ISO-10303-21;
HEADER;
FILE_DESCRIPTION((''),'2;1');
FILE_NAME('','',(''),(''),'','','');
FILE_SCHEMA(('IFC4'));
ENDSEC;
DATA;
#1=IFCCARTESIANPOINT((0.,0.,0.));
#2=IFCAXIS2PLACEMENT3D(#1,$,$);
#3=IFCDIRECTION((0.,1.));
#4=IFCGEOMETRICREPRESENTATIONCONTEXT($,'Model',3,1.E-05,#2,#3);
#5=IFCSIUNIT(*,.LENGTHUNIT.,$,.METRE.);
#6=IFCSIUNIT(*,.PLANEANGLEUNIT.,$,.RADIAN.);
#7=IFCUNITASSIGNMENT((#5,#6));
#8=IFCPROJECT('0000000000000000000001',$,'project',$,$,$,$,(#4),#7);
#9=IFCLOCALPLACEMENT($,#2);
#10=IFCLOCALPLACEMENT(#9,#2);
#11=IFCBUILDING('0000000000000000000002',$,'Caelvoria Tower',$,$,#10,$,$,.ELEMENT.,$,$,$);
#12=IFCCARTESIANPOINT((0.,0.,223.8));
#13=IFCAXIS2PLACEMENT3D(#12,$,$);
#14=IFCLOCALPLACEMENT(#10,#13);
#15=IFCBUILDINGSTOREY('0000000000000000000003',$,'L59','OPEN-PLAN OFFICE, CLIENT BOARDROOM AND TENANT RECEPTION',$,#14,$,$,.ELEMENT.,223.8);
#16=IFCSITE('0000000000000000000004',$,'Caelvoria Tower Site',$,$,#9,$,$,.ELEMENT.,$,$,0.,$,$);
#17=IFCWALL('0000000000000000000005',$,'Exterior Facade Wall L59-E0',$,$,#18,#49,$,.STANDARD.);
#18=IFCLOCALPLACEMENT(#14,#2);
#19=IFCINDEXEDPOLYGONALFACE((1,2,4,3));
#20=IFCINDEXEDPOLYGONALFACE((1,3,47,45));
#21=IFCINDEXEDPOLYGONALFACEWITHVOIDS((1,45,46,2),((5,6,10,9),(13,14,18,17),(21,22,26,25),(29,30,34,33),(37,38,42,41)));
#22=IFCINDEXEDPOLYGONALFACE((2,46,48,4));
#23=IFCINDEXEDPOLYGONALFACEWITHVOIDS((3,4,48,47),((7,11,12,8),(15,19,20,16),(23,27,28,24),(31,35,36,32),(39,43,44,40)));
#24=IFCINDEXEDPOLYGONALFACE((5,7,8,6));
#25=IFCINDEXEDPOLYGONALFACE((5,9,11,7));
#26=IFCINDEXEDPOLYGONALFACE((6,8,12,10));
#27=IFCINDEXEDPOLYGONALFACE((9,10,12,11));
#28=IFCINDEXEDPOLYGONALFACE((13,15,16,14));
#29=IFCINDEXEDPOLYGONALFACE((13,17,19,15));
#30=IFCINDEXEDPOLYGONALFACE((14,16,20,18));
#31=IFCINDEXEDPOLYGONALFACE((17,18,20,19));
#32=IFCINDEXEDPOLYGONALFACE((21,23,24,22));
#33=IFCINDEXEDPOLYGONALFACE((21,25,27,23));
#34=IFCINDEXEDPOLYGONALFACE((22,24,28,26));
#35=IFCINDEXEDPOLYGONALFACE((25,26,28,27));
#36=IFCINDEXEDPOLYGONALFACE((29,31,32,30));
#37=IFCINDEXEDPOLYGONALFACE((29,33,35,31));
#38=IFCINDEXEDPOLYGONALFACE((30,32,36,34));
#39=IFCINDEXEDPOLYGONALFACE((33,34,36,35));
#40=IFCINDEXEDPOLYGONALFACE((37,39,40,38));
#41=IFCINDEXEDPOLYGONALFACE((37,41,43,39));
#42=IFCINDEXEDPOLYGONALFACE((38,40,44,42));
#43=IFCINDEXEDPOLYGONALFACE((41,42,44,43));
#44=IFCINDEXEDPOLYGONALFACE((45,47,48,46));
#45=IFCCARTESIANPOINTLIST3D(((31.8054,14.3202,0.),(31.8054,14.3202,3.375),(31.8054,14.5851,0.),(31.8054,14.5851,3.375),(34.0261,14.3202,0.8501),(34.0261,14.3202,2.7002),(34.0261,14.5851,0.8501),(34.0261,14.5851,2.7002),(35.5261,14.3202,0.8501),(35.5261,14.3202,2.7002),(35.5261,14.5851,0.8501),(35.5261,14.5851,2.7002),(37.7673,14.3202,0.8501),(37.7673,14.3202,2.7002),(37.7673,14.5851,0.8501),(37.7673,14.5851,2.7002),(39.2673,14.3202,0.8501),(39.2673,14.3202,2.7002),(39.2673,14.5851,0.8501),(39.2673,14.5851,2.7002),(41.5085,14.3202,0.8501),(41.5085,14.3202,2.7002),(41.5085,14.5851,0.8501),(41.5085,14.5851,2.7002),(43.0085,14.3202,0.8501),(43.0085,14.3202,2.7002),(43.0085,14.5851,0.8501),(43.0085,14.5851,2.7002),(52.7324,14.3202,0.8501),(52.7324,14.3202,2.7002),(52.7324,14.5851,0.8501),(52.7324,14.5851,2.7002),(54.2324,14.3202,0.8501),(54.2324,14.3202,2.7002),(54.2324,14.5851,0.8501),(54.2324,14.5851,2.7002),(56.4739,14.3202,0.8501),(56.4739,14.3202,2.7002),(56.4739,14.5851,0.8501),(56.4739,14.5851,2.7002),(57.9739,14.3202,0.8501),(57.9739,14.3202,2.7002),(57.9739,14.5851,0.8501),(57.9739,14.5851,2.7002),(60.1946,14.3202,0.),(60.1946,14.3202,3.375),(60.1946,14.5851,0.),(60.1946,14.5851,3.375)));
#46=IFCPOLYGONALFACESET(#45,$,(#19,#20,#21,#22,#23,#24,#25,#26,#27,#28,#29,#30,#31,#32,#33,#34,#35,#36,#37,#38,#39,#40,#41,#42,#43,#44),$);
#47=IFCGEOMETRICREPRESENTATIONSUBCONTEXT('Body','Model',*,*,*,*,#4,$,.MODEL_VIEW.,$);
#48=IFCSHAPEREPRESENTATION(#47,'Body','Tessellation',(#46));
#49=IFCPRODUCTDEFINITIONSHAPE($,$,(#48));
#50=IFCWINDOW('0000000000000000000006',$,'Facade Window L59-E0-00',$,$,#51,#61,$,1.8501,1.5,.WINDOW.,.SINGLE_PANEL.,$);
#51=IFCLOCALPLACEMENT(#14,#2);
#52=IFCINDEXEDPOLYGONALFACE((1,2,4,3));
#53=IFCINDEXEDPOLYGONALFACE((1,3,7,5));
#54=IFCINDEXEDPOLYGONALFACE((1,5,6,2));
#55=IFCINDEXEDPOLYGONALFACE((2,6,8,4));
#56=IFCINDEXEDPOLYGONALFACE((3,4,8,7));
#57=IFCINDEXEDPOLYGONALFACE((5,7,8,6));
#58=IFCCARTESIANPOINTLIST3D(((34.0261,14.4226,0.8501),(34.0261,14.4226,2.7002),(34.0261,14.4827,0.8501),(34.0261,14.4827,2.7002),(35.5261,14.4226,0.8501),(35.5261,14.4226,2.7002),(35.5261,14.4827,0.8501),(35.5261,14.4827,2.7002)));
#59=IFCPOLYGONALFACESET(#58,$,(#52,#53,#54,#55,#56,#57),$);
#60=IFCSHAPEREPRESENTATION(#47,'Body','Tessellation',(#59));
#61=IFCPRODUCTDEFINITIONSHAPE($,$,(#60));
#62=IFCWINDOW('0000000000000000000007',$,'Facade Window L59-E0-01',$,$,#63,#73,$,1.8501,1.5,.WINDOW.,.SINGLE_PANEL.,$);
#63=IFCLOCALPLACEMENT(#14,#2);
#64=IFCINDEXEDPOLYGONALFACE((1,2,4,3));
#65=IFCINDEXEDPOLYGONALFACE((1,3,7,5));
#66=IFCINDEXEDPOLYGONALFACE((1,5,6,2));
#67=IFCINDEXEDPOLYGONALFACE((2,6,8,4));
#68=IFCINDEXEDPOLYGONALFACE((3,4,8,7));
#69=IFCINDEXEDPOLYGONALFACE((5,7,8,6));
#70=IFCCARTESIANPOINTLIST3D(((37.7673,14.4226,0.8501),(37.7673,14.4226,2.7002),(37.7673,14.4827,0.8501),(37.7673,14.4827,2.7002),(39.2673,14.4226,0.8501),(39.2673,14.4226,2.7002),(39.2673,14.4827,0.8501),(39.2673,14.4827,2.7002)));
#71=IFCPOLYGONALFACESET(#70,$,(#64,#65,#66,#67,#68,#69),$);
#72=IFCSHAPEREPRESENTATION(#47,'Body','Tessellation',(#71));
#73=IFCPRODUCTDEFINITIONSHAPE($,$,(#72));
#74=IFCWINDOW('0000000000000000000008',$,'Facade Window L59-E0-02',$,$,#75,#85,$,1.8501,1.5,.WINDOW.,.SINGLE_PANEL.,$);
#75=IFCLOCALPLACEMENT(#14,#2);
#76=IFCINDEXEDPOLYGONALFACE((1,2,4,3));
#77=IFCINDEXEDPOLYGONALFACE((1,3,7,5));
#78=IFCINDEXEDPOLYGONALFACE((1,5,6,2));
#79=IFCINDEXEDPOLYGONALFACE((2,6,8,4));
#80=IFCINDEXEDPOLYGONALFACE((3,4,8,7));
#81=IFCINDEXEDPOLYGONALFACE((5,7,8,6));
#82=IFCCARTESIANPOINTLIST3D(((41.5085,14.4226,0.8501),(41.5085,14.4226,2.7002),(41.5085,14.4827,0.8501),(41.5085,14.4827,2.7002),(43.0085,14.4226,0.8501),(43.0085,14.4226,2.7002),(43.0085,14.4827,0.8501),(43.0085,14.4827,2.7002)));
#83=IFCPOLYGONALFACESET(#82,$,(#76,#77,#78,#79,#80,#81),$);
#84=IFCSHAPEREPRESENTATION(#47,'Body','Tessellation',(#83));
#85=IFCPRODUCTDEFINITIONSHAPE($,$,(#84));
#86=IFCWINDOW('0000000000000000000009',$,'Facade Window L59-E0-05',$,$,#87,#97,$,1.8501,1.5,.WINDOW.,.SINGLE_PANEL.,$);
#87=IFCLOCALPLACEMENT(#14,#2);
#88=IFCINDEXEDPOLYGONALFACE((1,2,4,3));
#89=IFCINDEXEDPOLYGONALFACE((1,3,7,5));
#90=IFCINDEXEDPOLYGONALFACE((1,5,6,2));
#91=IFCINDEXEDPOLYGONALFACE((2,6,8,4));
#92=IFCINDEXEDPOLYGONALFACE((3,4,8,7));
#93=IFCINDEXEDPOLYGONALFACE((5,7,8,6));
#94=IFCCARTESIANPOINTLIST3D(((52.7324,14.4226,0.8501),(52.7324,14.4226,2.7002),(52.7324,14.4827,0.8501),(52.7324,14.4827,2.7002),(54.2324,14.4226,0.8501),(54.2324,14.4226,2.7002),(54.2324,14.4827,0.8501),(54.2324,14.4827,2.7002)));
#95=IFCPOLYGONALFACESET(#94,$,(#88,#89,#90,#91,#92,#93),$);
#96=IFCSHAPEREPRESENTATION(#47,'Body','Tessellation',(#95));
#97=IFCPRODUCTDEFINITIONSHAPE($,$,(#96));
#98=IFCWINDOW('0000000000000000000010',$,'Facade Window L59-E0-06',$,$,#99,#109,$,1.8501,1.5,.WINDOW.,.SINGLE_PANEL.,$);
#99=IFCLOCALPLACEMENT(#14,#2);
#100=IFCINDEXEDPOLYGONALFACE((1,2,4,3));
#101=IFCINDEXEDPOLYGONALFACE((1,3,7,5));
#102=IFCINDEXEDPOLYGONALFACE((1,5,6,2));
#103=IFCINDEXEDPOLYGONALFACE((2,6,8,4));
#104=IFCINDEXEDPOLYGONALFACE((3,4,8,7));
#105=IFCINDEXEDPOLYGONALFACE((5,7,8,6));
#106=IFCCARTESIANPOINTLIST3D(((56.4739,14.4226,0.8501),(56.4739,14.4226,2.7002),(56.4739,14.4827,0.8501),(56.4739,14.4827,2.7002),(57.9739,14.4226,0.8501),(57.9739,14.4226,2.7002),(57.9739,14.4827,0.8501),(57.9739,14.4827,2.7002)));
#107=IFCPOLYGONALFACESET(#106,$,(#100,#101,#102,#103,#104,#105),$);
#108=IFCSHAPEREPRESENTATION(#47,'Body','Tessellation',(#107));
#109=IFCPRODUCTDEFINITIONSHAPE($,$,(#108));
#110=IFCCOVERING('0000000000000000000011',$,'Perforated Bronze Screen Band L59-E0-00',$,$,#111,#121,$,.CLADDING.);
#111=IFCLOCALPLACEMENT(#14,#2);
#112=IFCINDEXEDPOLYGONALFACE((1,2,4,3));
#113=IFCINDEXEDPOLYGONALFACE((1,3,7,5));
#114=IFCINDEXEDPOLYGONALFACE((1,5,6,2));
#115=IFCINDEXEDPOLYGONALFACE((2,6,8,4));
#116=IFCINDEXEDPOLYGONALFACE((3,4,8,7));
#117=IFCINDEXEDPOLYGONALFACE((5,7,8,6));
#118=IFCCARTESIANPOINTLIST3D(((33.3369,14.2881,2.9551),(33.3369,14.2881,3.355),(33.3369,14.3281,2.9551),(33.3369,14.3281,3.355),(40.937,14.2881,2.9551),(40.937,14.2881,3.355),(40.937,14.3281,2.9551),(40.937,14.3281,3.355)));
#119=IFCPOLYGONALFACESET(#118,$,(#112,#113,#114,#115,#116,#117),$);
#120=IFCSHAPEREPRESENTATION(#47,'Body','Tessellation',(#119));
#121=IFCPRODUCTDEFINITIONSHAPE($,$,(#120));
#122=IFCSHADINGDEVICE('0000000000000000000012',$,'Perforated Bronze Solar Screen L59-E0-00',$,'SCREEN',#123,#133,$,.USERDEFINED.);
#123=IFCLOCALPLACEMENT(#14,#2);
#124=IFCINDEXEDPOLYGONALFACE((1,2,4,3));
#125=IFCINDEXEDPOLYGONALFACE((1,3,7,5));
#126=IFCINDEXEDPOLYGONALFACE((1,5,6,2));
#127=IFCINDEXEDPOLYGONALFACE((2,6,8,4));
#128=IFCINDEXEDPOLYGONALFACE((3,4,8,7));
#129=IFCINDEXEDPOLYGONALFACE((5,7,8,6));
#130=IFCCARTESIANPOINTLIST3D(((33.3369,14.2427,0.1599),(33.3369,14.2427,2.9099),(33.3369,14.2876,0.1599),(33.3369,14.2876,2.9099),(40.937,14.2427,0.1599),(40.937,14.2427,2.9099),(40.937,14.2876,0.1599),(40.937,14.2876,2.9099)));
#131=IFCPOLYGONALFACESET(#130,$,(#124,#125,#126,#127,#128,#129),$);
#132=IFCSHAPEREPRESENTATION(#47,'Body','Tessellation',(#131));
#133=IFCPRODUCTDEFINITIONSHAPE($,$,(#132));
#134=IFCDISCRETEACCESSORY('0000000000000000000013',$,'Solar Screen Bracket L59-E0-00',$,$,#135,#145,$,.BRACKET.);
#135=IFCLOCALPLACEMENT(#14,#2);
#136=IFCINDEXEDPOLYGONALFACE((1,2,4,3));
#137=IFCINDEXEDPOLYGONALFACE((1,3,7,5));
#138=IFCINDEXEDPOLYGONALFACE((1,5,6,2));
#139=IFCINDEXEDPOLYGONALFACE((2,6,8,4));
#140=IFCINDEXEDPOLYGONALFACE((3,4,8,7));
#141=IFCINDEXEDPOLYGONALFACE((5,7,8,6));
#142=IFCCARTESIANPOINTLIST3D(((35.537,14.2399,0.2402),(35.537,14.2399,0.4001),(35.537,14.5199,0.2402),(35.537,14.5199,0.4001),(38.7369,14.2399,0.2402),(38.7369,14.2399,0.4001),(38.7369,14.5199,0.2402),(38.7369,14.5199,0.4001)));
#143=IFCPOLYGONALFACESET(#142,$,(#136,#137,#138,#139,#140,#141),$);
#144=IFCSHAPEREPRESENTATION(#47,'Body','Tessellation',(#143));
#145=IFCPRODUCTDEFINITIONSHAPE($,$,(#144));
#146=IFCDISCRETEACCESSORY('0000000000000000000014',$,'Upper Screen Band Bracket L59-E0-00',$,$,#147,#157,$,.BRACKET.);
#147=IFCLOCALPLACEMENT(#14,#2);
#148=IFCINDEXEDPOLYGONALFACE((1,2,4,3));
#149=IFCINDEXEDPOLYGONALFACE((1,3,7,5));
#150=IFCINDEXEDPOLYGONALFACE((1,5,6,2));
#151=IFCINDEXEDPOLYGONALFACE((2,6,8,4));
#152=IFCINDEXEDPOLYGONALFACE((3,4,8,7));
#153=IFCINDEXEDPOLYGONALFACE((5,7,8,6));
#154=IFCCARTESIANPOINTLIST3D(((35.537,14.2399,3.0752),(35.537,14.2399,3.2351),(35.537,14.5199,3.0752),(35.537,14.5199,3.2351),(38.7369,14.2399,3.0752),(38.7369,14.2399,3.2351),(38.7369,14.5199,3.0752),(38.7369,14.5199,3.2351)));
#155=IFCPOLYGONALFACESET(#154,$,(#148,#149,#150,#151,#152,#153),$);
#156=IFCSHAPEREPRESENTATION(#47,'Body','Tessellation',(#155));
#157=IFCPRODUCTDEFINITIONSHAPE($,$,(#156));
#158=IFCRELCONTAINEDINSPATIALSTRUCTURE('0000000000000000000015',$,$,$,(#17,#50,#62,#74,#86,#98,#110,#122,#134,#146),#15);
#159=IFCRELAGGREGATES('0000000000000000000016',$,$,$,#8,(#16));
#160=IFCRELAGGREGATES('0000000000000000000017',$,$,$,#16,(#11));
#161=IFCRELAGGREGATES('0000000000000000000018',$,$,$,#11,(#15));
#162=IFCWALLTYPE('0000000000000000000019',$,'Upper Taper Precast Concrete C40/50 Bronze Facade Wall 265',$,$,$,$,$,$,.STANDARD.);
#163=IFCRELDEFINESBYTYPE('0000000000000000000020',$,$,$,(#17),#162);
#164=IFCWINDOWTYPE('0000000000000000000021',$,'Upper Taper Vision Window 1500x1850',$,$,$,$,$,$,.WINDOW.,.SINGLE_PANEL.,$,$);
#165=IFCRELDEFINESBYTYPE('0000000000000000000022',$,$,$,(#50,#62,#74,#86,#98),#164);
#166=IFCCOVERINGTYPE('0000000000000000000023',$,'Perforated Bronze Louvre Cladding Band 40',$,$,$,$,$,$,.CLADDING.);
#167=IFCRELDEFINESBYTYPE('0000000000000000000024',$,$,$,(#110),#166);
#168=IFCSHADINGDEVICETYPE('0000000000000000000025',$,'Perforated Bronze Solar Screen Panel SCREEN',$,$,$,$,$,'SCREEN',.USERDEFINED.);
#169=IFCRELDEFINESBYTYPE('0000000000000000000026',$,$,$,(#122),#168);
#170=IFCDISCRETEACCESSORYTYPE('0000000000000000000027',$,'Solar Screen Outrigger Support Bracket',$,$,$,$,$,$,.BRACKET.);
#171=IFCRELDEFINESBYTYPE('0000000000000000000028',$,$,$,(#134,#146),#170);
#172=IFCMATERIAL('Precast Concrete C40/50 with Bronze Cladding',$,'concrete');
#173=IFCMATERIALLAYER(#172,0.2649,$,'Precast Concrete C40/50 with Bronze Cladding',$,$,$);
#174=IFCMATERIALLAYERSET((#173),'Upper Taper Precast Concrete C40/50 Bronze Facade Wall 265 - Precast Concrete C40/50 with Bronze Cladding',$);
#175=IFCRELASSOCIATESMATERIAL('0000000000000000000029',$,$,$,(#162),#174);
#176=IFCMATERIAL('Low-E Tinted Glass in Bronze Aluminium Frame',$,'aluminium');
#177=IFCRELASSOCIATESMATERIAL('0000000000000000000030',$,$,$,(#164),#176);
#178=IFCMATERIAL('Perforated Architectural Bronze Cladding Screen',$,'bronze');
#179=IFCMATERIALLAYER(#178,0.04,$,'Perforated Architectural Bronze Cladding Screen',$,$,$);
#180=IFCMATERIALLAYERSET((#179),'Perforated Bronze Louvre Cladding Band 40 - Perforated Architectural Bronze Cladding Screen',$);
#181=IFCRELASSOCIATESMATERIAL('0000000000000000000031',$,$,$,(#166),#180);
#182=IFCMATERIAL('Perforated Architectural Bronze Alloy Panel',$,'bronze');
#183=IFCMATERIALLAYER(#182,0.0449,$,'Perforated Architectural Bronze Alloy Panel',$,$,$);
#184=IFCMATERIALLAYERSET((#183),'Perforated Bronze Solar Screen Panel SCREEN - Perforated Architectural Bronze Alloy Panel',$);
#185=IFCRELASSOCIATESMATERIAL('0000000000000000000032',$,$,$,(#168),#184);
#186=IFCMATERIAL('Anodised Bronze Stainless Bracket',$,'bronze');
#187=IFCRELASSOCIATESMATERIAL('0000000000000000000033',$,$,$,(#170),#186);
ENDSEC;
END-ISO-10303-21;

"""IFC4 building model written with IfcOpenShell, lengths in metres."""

from ifc_helpers import new_model, si_unit, direction, frame, frame_2d, origin, origin_2d, place, context, subcontext, project, spatial, rectangle, extrude, material, layer, layer_set, type_object, element, fill, save


model = new_model("IFC4")

# Units and contexts
model_context = context("Model", 3, precision=1e-05, world=origin(), true_north=direction((0.0, 1.0)))
body_context = subcontext(model_context, "Body", "Model", "MODEL_VIEW")
ifc_project = project(units=[si_unit("LENGTHUNIT", "METRE"), si_unit("PLANEANGLEUNIT", "RADIAN")], contexts=[model_context])

# Site, building, storey
site_placement = place(None, origin())
site = spatial("IfcSite", under=ifc_project, at=site_placement, Name="Caelvoria Tower Site", CompositionType="ELEMENT", RefElevation=0.0)
building_placement = place(site_placement, origin())
building = spatial("IfcBuilding", under=site, at=building_placement, Name="Caelvoria Tower", CompositionType="ELEMENT")
storey_placement = place(building_placement, frame((0.0, 0.0, 223.8)))
storey = spatial("IfcBuildingStorey", under=building, at=storey_placement, Name="L59", Description="OPEN-PLAN OFFICE, CLIENT BOARDROOM AND TENANT RECEPTION", CompositionType="ELEMENT", Elevation=223.8)

# Wall, openings, windows
ifc_material_1 = material(Name="Precast Concrete C40/50 with Bronze Cladding", Category="concrete")
ifc_layer_1 = layer(ifc_material_1, 0.2649, Name="Precast Concrete C40/50 with Bronze Cladding")
ifc_layer_set_1 = layer_set([ifc_layer_1], Name="Upper Taper Precast Concrete C40/50 Bronze Facade Wall 265 - Precast Concrete C40/50 with Bronze Cladding")
wall_type = type_object("IfcWallType", Name="Upper Taper Precast Concrete C40/50 Bronze Facade Wall 265", PredefinedType="STANDARD", material=ifc_layer_set_1)
wall_placement = place(storey_placement, frame((31.8054, 14.4526, 0.0), z_axis=(0.0, 0.0, 1.0), x_axis=(1.0, 0.0, 0.0)))
wall = element("IfcWall", 1, at=wall_placement, inside=storey, type_object=wall_type, Name="Exterior Facade Wall L59-E0", PredefinedType="STANDARD", context=body_context, shape_type="SweptSolid", body=[
    extrude(rectangle(XDim=28.3892, YDim=0.2649, at=frame_2d((14.1946, 0.0))), origin(), (0.0, 0.0, 1.0), 3.375),
])
opening_1_placement = place(wall_placement, frame((2.2207, 0.0, 0.8501)))
opening_1 = element("IfcOpeningElement", 2, at=opening_1_placement, cuts=wall, PredefinedType="OPENING", context=body_context, shape_type="SweptSolid", body=[
    extrude(rectangle(XDim=1.5, YDim=1.8501, at=frame_2d((0.75, 0.925))), frame((0.0, 0.1423, 0.0), z_axis=(0.0, -1.0, 0.0), x_axis=(1.0, 0.0, 0.0)), (0.0, 0.0, 1.0), 0.2849),
])
opening_2_placement = place(wall_placement, frame((5.9619, 0.0, 0.8501)))
opening_2 = element("IfcOpeningElement", 3, at=opening_2_placement, cuts=wall, PredefinedType="OPENING", context=body_context, shape_type="SweptSolid", body=[
    extrude(rectangle(XDim=1.5, YDim=1.8501, at=frame_2d((0.75, 0.925))), frame((0.0, 0.1423, 0.0), z_axis=(0.0, -1.0, 0.0), x_axis=(1.0, 0.0, 0.0)), (0.0, 0.0, 1.0), 0.2849),
])
opening_3_placement = place(wall_placement, frame((9.7031, 0.0, 0.8501)))
opening_3 = element("IfcOpeningElement", 4, at=opening_3_placement, cuts=wall, PredefinedType="OPENING", context=body_context, shape_type="SweptSolid", body=[
    extrude(rectangle(XDim=1.5, YDim=1.8501, at=frame_2d((0.75, 0.925))), frame((0.0, 0.1423, 0.0), z_axis=(0.0, -1.0, 0.0), x_axis=(1.0, 0.0, 0.0)), (0.0, 0.0, 1.0), 0.2849),
])
opening_4_placement = place(wall_placement, frame((20.927, 0.0, 0.8501)))
opening_4 = element("IfcOpeningElement", 5, at=opening_4_placement, cuts=wall, PredefinedType="OPENING", context=body_context, shape_type="SweptSolid", body=[
    extrude(rectangle(XDim=1.5, YDim=1.8501, at=frame_2d((0.75, 0.925))), frame((0.0, 0.1423, 0.0), z_axis=(0.0, -1.0, 0.0), x_axis=(1.0, 0.0, 0.0)), (0.0, 0.0, 1.0), 0.2849),
])
opening_5_placement = place(wall_placement, frame((24.6685, 0.0, 0.8501)))
opening_5 = element("IfcOpeningElement", 6, at=opening_5_placement, cuts=wall, PredefinedType="OPENING", context=body_context, shape_type="SweptSolid", body=[
    extrude(rectangle(XDim=1.5, YDim=1.8501, at=frame_2d((0.75, 0.925))), frame((0.0, 0.1423, 0.0), z_axis=(0.0, -1.0, 0.0), x_axis=(1.0, 0.0, 0.0)), (0.0, 0.0, 1.0), 0.2849),
])
ifc_material_2 = material(Name="Low-E Tinted Glass in Bronze Aluminium Frame", Category="aluminium")
window_type = type_object("IfcWindowType", Name="Upper Taper Vision Window 1500x1850", PartitioningType="SINGLE_PANEL", PredefinedType="WINDOW", material=ifc_material_2)
window_1_placement = place(opening_1_placement, origin())
window_1 = element("IfcWindow", 7, at=window_1_placement, inside=storey, type_object=window_type, Name="Facade Window L59-E0-00", OverallHeight=1.8501, OverallWidth=1.5, PartitioningType="SINGLE_PANEL", PredefinedType="WINDOW", context=body_context, shape_type="SweptSolid", body=[
    extrude(rectangle(XDim=1.5, YDim=1.8501, at=frame_2d((0.75, 0.925))), frame((0.0, 0.03, 0.0), z_axis=(0.0, -1.0, 0.0), x_axis=(1.0, 0.0, 0.0)), (0.0, 0.0, 1.0), 0.0601),
])
fill(opening_1, window_1)
window_2_placement = place(opening_2_placement, origin())
window_2 = element("IfcWindow", 8, at=window_2_placement, inside=storey, type_object=window_type, Name="Facade Window L59-E0-01", OverallHeight=1.8501, OverallWidth=1.5, PartitioningType="SINGLE_PANEL", PredefinedType="WINDOW", context=body_context, shape_type="SweptSolid", body=[
    extrude(rectangle(XDim=1.5, YDim=1.8501, at=frame_2d((0.75, 0.925))), frame((0.0, 0.03, 0.0), z_axis=(0.0, -1.0, 0.0), x_axis=(1.0, 0.0, 0.0)), (0.0, 0.0, 1.0), 0.0601),
])
fill(opening_2, window_2)
window_3_placement = place(opening_3_placement, origin())
window_3 = element("IfcWindow", 9, at=window_3_placement, inside=storey, type_object=window_type, Name="Facade Window L59-E0-02", OverallHeight=1.8501, OverallWidth=1.5, PartitioningType="SINGLE_PANEL", PredefinedType="WINDOW", context=body_context, shape_type="SweptSolid", body=[
    extrude(rectangle(XDim=1.5, YDim=1.8501, at=frame_2d((0.75, 0.925))), frame((0.0, 0.03, 0.0), z_axis=(0.0, -1.0, 0.0), x_axis=(1.0, 0.0, 0.0)), (0.0, 0.0, 1.0), 0.0601),
])
fill(opening_3, window_3)
window_4_placement = place(opening_4_placement, origin())
window_4 = element("IfcWindow", 10, at=window_4_placement, inside=storey, type_object=window_type, Name="Facade Window L59-E0-05", OverallHeight=1.8501, OverallWidth=1.5, PartitioningType="SINGLE_PANEL", PredefinedType="WINDOW", context=body_context, shape_type="SweptSolid", body=[
    extrude(rectangle(XDim=1.5, YDim=1.8501, at=frame_2d((0.75, 0.925))), frame((0.0, 0.03, 0.0), z_axis=(0.0, -1.0, 0.0), x_axis=(1.0, 0.0, 0.0)), (0.0, 0.0, 1.0), 0.0601),
])
fill(opening_4, window_4)
window_5_placement = place(opening_5_placement, origin())
window_5 = element("IfcWindow", 11, at=window_5_placement, inside=storey, type_object=window_type, Name="Facade Window L59-E0-06", OverallHeight=1.8501, OverallWidth=1.5, PartitioningType="SINGLE_PANEL", PredefinedType="WINDOW", context=body_context, shape_type="SweptSolid", body=[
    extrude(rectangle(XDim=1.5, YDim=1.8501, at=frame_2d((0.75, 0.925))), frame((0.0, 0.03, 0.0), z_axis=(0.0, -1.0, 0.0), x_axis=(1.0, 0.0, 0.0)), (0.0, 0.0, 1.0), 0.0601),
])
fill(opening_5, window_5)

# Covering
ifc_material_3 = material(Name="Perforated Architectural Bronze Cladding Screen", Category="bronze")
ifc_layer_2 = layer(ifc_material_3, 0.04, Name="Perforated Architectural Bronze Cladding Screen")
ifc_layer_set_2 = layer_set([ifc_layer_2], Name="Perforated Bronze Louvre Cladding Band 40 - Perforated Architectural Bronze Cladding Screen")
covering_type = type_object("IfcCoveringType", Name="Perforated Bronze Louvre Cladding Band 40", PredefinedType="CLADDING", material=ifc_layer_set_2)
covering_placement = place(storey_placement, frame((37.137, 14.3081, 2.9551), z_axis=(0.0, 0.0, 1.0), x_axis=(1.0, 0.0, 0.0)))
element("IfcCovering", 12, at=covering_placement, inside=storey, type_object=covering_type, Name="Perforated Bronze Screen Band L59-E0-00", PredefinedType="CLADDING", context=body_context, shape_type="SweptSolid", body=[
    extrude(rectangle(XDim=7.6001, YDim=0.04, at=origin_2d()), origin(), (0.0, 0.0, 1.0), 0.3999),
])

# Shading device
ifc_material_4 = material(Name="Perforated Architectural Bronze Alloy Panel", Category="bronze")
ifc_layer_3 = layer(ifc_material_4, 0.0449, Name="Perforated Architectural Bronze Alloy Panel")
ifc_layer_set_3 = layer_set([ifc_layer_3], Name="Perforated Bronze Solar Screen Panel SCREEN - Perforated Architectural Bronze Alloy Panel")
shading_device_type = type_object("IfcShadingDeviceType", Name="Perforated Bronze Solar Screen Panel SCREEN", ElementType="SCREEN", PredefinedType="USERDEFINED", material=ifc_layer_set_3)
shading_device_placement = place(storey_placement, frame((37.137, 14.2651, 0.1599), z_axis=(0.0, 0.0, 1.0), x_axis=(1.0, 0.0, 0.0)))
element("IfcShadingDevice", 13, at=shading_device_placement, inside=storey, type_object=shading_device_type, Name="Perforated Bronze Solar Screen L59-E0-00", ObjectType="SCREEN", PredefinedType="USERDEFINED", context=body_context, shape_type="SweptSolid", body=[
    extrude(rectangle(XDim=7.6001, YDim=0.0449, at=origin_2d()), origin(), (0.0, 0.0, 1.0), 2.75),
])

# Discrete accessories
ifc_material_5 = material(Name="Anodised Bronze Stainless Bracket", Category="bronze")
discrete_accessory_type = type_object("IfcDiscreteAccessoryType", Name="Solar Screen Outrigger Support Bracket", PredefinedType="BRACKET", material=ifc_material_5)
for number, where, z_axis, x_axis, name in (
    (14, (37.137, 14.3799, 0.2402), (0.0, 0.0, 1.0), (1.0, 0.0, 0.0), "Solar Screen Bracket L59-E0-00"),
    (15, (37.137, 14.3799, 3.0752), (0.0, 0.0, 1.0), (1.0, 0.0, 0.0), "Upper Screen Band Bracket L59-E0-00"),
):
    element("IfcDiscreteAccessory", number, at=place(storey_placement, frame(where, z_axis=z_axis, x_axis=x_axis)), inside=storey, type_object=discrete_accessory_type, Name=name, PredefinedType="BRACKET", context=body_context, shape_type="SweptSolid", body=[
        extrude(rectangle(XDim=3.2, YDim=0.28, at=origin_2d()), origin(), (0.0, 0.0, 1.0), 0.1599),
    ])

save(model, "model.ifc")
